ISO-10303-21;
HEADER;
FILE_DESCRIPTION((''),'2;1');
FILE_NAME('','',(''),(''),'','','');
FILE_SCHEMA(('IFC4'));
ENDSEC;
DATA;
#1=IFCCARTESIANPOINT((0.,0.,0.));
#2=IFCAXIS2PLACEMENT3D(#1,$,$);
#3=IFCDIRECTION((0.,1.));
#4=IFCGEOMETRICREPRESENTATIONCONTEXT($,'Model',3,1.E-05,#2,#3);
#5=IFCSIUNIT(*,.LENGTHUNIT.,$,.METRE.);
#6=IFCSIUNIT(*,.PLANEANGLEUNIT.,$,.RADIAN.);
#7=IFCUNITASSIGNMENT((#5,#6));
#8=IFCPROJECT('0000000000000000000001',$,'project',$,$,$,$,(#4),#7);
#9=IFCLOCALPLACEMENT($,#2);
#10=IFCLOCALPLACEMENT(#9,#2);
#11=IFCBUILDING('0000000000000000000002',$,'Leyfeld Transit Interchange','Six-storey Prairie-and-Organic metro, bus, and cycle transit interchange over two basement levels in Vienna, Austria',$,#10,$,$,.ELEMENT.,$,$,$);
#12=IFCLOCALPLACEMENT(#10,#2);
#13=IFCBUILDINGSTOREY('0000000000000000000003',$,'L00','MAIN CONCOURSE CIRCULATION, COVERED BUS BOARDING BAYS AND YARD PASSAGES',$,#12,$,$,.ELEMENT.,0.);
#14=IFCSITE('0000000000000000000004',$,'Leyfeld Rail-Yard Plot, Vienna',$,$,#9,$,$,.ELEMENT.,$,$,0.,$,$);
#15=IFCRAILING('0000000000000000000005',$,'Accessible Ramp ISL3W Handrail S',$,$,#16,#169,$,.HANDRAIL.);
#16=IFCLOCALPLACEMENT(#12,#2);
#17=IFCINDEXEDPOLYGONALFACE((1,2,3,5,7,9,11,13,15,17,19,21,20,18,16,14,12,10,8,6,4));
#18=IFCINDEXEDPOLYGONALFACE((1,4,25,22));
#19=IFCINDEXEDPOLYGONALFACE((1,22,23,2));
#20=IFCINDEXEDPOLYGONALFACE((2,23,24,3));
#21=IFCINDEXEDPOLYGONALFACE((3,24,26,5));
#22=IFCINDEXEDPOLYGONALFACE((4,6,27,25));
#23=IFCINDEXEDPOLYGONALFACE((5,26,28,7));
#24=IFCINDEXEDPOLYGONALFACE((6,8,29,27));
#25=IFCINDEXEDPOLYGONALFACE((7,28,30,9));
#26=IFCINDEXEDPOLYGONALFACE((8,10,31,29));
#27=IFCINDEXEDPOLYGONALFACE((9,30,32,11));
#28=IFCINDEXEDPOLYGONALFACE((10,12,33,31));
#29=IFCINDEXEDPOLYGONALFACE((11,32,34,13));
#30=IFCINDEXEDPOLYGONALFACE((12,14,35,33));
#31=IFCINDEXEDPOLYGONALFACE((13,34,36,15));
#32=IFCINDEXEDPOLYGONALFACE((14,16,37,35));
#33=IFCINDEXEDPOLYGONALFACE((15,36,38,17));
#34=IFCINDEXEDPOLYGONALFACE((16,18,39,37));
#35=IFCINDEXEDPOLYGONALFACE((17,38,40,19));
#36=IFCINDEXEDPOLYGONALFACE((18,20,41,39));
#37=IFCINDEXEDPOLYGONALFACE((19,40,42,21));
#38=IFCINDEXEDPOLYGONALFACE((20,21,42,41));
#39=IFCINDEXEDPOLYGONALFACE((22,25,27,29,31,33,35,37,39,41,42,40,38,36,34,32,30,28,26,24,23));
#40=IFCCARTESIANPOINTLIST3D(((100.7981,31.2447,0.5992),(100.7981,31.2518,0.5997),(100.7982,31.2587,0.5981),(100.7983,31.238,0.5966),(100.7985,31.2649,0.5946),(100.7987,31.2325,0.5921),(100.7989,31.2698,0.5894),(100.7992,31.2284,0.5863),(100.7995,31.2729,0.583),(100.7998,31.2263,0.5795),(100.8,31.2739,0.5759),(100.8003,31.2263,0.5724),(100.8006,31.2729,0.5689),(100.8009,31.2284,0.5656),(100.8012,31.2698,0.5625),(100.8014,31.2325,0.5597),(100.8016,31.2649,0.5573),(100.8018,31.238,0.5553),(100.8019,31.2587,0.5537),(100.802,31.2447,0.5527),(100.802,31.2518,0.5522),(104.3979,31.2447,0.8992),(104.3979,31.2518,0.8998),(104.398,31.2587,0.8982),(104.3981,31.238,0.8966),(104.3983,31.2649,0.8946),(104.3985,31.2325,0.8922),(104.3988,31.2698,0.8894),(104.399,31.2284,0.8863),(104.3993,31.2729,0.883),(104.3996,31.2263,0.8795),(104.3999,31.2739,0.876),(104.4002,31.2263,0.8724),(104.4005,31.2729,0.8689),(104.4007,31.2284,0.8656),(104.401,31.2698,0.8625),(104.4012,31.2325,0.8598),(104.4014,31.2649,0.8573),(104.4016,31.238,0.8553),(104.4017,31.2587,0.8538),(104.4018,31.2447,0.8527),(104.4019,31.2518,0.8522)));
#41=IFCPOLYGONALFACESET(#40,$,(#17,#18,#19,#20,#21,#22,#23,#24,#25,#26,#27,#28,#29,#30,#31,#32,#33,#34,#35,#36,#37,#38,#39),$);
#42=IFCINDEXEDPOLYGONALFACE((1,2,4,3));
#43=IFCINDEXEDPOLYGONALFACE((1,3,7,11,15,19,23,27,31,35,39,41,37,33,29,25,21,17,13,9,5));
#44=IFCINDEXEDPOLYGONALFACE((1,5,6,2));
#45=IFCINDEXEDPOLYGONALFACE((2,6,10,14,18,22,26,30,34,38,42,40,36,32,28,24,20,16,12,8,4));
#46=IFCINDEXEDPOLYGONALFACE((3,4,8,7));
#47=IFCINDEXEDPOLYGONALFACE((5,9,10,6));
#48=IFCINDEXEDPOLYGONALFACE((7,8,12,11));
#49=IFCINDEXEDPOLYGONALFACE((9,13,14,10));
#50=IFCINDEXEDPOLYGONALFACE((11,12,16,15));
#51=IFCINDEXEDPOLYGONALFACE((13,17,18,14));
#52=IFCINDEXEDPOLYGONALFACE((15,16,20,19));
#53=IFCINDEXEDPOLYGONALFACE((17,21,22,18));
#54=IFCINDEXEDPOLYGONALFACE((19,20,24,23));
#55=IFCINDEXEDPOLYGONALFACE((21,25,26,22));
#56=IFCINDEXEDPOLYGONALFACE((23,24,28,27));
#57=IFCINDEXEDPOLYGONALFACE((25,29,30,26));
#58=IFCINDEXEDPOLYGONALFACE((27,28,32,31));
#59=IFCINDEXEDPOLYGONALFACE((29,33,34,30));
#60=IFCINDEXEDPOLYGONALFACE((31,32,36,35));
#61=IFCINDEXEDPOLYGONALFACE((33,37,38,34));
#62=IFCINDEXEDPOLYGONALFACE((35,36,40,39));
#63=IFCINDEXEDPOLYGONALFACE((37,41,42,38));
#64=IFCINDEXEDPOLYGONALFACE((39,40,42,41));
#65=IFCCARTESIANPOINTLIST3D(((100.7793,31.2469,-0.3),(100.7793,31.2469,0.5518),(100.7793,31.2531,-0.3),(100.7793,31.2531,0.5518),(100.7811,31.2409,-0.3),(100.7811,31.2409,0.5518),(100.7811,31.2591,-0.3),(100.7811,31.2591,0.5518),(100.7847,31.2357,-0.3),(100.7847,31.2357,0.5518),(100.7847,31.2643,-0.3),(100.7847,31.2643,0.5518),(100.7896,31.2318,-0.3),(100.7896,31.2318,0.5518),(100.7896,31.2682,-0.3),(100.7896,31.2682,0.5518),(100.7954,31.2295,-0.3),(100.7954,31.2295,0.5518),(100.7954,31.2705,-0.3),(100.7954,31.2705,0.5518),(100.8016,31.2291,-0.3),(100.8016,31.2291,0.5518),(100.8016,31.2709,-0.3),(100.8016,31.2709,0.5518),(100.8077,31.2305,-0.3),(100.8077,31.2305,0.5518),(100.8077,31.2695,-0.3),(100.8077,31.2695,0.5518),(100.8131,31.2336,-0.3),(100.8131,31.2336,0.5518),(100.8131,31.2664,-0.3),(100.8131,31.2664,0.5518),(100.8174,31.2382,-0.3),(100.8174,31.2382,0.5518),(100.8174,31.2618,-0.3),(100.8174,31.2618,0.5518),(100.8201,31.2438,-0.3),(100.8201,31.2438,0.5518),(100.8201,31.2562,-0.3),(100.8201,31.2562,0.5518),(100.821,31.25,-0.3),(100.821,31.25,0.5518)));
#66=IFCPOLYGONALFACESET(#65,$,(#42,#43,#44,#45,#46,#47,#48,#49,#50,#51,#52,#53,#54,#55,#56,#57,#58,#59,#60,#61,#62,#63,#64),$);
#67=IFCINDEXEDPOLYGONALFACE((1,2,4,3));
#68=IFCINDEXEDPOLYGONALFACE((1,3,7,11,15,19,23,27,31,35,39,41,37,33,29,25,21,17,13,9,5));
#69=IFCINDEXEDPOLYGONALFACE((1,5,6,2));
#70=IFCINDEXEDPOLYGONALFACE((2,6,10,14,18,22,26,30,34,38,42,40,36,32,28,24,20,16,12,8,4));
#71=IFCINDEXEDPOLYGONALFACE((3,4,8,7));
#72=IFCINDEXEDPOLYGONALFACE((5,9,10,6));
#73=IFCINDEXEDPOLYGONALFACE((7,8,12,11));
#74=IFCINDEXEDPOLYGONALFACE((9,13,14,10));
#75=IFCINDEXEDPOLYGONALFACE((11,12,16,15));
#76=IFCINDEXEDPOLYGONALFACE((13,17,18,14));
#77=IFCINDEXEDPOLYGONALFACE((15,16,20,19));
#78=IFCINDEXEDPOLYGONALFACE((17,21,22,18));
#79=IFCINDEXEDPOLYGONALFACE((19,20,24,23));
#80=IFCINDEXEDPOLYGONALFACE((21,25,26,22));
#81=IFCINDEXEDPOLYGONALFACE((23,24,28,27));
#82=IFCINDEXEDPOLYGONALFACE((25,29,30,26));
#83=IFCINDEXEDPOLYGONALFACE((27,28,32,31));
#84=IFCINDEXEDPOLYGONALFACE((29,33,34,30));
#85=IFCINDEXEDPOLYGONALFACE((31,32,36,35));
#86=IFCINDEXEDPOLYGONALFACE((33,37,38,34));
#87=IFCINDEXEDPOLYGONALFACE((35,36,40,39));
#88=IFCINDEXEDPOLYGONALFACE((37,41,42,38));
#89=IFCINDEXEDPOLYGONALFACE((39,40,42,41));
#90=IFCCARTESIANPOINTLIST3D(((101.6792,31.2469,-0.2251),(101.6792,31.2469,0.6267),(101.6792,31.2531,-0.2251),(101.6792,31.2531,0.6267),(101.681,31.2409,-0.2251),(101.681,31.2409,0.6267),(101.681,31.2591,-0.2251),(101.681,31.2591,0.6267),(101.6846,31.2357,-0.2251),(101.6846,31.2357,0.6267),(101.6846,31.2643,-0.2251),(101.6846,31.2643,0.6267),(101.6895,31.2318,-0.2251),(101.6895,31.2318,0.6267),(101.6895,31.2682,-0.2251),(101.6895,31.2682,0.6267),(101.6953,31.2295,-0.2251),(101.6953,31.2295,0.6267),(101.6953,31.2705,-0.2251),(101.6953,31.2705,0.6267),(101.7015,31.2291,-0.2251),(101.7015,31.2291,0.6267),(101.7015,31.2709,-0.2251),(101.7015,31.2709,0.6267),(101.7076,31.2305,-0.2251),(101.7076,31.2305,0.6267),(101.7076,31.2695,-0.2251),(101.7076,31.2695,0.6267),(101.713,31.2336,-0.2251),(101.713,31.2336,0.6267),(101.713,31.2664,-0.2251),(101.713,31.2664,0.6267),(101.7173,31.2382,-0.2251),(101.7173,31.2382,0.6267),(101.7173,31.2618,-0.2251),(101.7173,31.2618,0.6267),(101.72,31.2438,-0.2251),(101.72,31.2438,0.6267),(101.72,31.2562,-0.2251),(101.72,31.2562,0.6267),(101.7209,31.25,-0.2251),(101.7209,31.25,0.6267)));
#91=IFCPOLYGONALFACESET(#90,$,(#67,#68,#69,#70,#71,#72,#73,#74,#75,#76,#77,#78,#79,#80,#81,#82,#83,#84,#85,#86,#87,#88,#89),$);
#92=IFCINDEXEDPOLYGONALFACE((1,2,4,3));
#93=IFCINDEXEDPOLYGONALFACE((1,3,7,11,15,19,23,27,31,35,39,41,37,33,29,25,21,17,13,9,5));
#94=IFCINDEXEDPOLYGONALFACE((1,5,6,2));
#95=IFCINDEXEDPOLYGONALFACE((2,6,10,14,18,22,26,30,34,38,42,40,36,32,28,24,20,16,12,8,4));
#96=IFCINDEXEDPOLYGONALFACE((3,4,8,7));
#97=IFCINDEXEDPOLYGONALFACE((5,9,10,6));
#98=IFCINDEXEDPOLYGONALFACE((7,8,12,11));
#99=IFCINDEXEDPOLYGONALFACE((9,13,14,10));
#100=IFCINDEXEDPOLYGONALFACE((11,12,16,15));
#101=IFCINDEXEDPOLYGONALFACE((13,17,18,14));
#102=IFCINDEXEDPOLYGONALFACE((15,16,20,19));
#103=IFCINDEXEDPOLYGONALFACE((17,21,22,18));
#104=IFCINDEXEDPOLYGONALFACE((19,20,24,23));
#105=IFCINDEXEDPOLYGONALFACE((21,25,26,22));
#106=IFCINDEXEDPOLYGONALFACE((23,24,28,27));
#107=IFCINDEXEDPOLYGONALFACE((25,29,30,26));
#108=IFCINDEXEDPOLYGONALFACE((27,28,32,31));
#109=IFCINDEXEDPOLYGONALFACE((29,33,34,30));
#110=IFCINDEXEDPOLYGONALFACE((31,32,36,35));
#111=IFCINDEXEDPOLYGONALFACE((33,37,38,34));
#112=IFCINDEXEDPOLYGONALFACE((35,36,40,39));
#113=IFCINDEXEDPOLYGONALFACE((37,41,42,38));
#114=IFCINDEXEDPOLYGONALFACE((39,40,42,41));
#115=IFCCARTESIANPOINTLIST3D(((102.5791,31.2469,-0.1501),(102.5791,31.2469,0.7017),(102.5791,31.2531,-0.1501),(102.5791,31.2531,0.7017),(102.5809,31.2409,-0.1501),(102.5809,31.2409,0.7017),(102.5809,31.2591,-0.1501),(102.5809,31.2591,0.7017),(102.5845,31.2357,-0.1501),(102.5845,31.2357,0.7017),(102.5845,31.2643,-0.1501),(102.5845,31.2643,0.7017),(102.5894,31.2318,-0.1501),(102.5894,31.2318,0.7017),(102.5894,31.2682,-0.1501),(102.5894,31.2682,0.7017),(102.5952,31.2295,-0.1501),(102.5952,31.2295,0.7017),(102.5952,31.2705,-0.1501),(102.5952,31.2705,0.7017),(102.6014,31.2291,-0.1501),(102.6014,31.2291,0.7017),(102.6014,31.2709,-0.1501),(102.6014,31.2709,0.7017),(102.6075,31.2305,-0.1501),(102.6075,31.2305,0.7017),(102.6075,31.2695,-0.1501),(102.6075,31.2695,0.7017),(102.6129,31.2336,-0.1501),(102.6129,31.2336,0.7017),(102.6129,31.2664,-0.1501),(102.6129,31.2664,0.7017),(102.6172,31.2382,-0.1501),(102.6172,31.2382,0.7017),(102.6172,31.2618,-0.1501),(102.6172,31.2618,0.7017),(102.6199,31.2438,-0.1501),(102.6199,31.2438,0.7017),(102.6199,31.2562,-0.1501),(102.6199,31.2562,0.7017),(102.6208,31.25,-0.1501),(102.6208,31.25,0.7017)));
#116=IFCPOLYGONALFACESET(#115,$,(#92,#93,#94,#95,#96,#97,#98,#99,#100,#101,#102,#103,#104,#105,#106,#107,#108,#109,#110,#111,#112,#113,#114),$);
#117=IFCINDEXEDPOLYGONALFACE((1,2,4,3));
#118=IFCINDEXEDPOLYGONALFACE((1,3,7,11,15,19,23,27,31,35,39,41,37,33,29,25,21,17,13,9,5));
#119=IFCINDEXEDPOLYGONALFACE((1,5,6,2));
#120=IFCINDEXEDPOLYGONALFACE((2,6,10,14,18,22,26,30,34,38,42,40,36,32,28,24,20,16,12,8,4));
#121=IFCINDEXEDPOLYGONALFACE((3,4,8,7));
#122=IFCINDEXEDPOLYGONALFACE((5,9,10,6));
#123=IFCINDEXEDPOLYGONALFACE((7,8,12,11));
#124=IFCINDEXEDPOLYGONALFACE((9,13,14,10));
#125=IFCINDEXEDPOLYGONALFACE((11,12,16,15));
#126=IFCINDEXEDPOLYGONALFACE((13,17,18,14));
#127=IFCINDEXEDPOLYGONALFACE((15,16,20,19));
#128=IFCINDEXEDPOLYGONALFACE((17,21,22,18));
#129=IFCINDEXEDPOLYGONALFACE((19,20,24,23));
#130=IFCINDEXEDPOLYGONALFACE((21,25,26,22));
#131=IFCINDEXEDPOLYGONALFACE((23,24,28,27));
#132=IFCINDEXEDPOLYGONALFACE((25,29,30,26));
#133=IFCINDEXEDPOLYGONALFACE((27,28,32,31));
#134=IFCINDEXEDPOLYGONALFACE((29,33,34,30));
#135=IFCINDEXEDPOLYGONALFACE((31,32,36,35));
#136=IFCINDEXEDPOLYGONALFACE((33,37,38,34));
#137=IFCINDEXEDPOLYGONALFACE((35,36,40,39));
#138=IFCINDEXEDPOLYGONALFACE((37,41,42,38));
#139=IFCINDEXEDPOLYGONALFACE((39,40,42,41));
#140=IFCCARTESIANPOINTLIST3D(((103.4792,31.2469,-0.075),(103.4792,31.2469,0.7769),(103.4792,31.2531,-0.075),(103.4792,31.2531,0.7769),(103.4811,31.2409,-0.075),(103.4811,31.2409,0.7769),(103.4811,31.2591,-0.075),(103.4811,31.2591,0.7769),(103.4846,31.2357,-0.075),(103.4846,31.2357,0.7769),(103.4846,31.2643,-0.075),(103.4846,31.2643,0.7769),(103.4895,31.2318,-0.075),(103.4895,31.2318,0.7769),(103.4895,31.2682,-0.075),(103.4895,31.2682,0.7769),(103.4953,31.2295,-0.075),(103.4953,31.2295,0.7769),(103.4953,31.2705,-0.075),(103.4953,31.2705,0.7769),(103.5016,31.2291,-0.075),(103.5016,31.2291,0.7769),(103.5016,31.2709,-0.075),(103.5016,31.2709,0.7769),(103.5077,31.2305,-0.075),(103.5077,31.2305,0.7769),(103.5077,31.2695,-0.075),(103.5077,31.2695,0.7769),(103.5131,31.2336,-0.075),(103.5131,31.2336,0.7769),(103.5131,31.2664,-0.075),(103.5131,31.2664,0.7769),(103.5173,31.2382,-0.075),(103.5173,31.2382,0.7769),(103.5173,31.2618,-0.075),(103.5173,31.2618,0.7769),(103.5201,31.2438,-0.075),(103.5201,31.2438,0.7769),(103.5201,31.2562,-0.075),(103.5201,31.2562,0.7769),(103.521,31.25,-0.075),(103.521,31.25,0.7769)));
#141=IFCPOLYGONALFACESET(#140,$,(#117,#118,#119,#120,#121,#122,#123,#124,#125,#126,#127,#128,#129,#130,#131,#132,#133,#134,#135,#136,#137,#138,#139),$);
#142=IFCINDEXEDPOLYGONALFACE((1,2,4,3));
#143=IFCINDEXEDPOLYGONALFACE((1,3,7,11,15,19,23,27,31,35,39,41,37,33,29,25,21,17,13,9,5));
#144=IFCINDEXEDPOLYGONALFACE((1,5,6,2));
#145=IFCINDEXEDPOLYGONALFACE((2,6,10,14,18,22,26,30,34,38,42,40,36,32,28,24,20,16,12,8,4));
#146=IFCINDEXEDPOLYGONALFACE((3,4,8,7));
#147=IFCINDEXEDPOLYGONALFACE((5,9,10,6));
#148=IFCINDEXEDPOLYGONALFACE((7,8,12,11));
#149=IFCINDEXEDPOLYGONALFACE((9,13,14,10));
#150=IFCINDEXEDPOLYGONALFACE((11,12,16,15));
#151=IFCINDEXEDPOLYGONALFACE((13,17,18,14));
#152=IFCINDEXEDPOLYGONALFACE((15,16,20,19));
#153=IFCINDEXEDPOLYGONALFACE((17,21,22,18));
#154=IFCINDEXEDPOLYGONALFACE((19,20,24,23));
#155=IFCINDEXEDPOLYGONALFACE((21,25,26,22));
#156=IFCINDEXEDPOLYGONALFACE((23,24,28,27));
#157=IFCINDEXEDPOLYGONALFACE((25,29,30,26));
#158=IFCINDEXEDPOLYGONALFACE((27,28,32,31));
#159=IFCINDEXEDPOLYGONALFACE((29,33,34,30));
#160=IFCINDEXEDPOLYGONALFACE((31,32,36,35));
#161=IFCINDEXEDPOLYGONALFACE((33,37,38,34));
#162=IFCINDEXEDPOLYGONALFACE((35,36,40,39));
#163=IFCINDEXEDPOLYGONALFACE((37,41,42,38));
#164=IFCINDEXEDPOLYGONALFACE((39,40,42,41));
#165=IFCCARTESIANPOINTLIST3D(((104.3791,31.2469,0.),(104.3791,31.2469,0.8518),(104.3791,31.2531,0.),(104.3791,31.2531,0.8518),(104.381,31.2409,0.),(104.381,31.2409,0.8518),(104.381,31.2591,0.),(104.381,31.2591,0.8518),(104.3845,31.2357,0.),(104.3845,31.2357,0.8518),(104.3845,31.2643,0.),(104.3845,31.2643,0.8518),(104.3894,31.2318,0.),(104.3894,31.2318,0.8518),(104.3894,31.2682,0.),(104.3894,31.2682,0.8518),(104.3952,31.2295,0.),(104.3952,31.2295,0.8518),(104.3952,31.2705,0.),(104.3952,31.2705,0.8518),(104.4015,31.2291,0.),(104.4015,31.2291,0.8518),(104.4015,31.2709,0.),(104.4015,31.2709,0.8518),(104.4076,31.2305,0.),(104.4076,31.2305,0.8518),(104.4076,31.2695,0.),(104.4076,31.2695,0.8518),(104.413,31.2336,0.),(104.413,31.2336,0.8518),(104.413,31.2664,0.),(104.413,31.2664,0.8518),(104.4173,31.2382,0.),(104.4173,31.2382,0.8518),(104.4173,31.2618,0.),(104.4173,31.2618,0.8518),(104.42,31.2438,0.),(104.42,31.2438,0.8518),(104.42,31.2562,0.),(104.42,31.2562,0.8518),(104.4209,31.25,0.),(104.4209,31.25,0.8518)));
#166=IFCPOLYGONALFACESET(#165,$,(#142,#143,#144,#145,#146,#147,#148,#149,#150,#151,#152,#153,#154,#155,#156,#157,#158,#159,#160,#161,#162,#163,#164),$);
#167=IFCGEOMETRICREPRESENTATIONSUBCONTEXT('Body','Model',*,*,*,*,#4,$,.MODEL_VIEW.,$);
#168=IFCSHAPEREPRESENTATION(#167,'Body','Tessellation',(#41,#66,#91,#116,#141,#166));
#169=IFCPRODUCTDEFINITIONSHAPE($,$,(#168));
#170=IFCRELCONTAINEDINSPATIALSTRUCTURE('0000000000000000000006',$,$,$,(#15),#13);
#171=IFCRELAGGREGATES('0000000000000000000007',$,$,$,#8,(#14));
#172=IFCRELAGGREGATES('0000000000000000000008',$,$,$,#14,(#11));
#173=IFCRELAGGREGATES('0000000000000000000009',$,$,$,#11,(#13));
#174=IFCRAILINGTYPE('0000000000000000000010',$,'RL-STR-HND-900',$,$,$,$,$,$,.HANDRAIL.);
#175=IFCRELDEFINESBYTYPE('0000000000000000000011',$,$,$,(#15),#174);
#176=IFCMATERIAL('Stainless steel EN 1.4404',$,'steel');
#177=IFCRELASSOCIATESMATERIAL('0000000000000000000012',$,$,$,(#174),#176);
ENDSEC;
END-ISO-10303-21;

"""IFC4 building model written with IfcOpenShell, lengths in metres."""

from ifc_helpers import new_model, si_unit, direction, frame, origin, origin_2d, place, context, subcontext, project, spatial, circle, extrude, material, type_object, element, save


model = new_model("IFC4")

# Units and contexts
model_context = context("Model", 3, precision=1e-05, world=origin(), true_north=direction((0.0, 1.0)))
body_context = subcontext(model_context, "Body", "Model", "MODEL_VIEW")
ifc_project = project(units=[si_unit("LENGTHUNIT", "METRE"), si_unit("PLANEANGLEUNIT", "RADIAN")], contexts=[model_context])

# Site, building, storey
site_placement = place(None, origin())
site = spatial("IfcSite", under=ifc_project, at=site_placement, Name="Leyfeld Rail-Yard Plot, Vienna", CompositionType="ELEMENT", RefElevation=0.0)
building_placement = place(site_placement, origin())
building = spatial("IfcBuilding", under=site, at=building_placement, Name="Leyfeld Transit Interchange", Description="Six-storey Prairie-and-Organic metro, bus, and cycle transit interchange over two basement levels in Vienna, Austria", CompositionType="ELEMENT")
storey_placement = place(building_placement, origin())
storey = spatial("IfcBuildingStorey", under=building, at=storey_placement, Name="L00", Description="MAIN CONCOURSE CIRCULATION, COVERED BUS BOARDING BAYS AND YARD PASSAGES", CompositionType="ELEMENT", Elevation=0.0)

# Railing
ifc_material_1 = material(Name="Stainless steel EN 1.4404", Category="steel")
railing_type = type_object("IfcRailingType", Name="RL-STR-HND-900", PredefinedType="HANDRAIL", material=ifc_material_1)
railing_placement = place(storey_placement, frame((100.8, 31.25, -0.3)))
element("IfcRailing", 1, at=railing_placement, inside=storey, type_object=railing_type, Name="Accessible Ramp ISL3W Handrail S", PredefinedType="HANDRAIL", context=body_context, shape_type="SweptSolid", body=[
    extrude(circle(Radius=0.0239, at=origin_2d()), frame((0.0, 0.0, 0.876), z_axis=(0.996544, 0.0, 0.083062), x_axis=(0.0, 1.0, 0.0)), (0.0, 0.0, 1.0), 3.6123),
    extrude(circle(Radius=0.021, at=origin_2d()), origin(), (0.0, 0.0, 1.0), 0.8518),
    extrude(circle(Radius=0.021, at=origin_2d()), frame((0.8999, 0.0, 0.075)), (0.0, 0.0, 1.0), 0.8518),
    extrude(circle(Radius=0.021, at=origin_2d()), frame((1.7998, 0.0, 0.1499)), (0.0, 0.0, 1.0), 0.8518),
    extrude(circle(Radius=0.021, at=origin_2d()), frame((2.7, 0.0, 0.2251)), (0.0, 0.0, 1.0), 0.8518),
    extrude(circle(Radius=0.021, at=origin_2d()), frame((3.5999, 0.0, 0.3)), (0.0, 0.0, 1.0), 0.8518),
])

save(model, "model.ifc")
